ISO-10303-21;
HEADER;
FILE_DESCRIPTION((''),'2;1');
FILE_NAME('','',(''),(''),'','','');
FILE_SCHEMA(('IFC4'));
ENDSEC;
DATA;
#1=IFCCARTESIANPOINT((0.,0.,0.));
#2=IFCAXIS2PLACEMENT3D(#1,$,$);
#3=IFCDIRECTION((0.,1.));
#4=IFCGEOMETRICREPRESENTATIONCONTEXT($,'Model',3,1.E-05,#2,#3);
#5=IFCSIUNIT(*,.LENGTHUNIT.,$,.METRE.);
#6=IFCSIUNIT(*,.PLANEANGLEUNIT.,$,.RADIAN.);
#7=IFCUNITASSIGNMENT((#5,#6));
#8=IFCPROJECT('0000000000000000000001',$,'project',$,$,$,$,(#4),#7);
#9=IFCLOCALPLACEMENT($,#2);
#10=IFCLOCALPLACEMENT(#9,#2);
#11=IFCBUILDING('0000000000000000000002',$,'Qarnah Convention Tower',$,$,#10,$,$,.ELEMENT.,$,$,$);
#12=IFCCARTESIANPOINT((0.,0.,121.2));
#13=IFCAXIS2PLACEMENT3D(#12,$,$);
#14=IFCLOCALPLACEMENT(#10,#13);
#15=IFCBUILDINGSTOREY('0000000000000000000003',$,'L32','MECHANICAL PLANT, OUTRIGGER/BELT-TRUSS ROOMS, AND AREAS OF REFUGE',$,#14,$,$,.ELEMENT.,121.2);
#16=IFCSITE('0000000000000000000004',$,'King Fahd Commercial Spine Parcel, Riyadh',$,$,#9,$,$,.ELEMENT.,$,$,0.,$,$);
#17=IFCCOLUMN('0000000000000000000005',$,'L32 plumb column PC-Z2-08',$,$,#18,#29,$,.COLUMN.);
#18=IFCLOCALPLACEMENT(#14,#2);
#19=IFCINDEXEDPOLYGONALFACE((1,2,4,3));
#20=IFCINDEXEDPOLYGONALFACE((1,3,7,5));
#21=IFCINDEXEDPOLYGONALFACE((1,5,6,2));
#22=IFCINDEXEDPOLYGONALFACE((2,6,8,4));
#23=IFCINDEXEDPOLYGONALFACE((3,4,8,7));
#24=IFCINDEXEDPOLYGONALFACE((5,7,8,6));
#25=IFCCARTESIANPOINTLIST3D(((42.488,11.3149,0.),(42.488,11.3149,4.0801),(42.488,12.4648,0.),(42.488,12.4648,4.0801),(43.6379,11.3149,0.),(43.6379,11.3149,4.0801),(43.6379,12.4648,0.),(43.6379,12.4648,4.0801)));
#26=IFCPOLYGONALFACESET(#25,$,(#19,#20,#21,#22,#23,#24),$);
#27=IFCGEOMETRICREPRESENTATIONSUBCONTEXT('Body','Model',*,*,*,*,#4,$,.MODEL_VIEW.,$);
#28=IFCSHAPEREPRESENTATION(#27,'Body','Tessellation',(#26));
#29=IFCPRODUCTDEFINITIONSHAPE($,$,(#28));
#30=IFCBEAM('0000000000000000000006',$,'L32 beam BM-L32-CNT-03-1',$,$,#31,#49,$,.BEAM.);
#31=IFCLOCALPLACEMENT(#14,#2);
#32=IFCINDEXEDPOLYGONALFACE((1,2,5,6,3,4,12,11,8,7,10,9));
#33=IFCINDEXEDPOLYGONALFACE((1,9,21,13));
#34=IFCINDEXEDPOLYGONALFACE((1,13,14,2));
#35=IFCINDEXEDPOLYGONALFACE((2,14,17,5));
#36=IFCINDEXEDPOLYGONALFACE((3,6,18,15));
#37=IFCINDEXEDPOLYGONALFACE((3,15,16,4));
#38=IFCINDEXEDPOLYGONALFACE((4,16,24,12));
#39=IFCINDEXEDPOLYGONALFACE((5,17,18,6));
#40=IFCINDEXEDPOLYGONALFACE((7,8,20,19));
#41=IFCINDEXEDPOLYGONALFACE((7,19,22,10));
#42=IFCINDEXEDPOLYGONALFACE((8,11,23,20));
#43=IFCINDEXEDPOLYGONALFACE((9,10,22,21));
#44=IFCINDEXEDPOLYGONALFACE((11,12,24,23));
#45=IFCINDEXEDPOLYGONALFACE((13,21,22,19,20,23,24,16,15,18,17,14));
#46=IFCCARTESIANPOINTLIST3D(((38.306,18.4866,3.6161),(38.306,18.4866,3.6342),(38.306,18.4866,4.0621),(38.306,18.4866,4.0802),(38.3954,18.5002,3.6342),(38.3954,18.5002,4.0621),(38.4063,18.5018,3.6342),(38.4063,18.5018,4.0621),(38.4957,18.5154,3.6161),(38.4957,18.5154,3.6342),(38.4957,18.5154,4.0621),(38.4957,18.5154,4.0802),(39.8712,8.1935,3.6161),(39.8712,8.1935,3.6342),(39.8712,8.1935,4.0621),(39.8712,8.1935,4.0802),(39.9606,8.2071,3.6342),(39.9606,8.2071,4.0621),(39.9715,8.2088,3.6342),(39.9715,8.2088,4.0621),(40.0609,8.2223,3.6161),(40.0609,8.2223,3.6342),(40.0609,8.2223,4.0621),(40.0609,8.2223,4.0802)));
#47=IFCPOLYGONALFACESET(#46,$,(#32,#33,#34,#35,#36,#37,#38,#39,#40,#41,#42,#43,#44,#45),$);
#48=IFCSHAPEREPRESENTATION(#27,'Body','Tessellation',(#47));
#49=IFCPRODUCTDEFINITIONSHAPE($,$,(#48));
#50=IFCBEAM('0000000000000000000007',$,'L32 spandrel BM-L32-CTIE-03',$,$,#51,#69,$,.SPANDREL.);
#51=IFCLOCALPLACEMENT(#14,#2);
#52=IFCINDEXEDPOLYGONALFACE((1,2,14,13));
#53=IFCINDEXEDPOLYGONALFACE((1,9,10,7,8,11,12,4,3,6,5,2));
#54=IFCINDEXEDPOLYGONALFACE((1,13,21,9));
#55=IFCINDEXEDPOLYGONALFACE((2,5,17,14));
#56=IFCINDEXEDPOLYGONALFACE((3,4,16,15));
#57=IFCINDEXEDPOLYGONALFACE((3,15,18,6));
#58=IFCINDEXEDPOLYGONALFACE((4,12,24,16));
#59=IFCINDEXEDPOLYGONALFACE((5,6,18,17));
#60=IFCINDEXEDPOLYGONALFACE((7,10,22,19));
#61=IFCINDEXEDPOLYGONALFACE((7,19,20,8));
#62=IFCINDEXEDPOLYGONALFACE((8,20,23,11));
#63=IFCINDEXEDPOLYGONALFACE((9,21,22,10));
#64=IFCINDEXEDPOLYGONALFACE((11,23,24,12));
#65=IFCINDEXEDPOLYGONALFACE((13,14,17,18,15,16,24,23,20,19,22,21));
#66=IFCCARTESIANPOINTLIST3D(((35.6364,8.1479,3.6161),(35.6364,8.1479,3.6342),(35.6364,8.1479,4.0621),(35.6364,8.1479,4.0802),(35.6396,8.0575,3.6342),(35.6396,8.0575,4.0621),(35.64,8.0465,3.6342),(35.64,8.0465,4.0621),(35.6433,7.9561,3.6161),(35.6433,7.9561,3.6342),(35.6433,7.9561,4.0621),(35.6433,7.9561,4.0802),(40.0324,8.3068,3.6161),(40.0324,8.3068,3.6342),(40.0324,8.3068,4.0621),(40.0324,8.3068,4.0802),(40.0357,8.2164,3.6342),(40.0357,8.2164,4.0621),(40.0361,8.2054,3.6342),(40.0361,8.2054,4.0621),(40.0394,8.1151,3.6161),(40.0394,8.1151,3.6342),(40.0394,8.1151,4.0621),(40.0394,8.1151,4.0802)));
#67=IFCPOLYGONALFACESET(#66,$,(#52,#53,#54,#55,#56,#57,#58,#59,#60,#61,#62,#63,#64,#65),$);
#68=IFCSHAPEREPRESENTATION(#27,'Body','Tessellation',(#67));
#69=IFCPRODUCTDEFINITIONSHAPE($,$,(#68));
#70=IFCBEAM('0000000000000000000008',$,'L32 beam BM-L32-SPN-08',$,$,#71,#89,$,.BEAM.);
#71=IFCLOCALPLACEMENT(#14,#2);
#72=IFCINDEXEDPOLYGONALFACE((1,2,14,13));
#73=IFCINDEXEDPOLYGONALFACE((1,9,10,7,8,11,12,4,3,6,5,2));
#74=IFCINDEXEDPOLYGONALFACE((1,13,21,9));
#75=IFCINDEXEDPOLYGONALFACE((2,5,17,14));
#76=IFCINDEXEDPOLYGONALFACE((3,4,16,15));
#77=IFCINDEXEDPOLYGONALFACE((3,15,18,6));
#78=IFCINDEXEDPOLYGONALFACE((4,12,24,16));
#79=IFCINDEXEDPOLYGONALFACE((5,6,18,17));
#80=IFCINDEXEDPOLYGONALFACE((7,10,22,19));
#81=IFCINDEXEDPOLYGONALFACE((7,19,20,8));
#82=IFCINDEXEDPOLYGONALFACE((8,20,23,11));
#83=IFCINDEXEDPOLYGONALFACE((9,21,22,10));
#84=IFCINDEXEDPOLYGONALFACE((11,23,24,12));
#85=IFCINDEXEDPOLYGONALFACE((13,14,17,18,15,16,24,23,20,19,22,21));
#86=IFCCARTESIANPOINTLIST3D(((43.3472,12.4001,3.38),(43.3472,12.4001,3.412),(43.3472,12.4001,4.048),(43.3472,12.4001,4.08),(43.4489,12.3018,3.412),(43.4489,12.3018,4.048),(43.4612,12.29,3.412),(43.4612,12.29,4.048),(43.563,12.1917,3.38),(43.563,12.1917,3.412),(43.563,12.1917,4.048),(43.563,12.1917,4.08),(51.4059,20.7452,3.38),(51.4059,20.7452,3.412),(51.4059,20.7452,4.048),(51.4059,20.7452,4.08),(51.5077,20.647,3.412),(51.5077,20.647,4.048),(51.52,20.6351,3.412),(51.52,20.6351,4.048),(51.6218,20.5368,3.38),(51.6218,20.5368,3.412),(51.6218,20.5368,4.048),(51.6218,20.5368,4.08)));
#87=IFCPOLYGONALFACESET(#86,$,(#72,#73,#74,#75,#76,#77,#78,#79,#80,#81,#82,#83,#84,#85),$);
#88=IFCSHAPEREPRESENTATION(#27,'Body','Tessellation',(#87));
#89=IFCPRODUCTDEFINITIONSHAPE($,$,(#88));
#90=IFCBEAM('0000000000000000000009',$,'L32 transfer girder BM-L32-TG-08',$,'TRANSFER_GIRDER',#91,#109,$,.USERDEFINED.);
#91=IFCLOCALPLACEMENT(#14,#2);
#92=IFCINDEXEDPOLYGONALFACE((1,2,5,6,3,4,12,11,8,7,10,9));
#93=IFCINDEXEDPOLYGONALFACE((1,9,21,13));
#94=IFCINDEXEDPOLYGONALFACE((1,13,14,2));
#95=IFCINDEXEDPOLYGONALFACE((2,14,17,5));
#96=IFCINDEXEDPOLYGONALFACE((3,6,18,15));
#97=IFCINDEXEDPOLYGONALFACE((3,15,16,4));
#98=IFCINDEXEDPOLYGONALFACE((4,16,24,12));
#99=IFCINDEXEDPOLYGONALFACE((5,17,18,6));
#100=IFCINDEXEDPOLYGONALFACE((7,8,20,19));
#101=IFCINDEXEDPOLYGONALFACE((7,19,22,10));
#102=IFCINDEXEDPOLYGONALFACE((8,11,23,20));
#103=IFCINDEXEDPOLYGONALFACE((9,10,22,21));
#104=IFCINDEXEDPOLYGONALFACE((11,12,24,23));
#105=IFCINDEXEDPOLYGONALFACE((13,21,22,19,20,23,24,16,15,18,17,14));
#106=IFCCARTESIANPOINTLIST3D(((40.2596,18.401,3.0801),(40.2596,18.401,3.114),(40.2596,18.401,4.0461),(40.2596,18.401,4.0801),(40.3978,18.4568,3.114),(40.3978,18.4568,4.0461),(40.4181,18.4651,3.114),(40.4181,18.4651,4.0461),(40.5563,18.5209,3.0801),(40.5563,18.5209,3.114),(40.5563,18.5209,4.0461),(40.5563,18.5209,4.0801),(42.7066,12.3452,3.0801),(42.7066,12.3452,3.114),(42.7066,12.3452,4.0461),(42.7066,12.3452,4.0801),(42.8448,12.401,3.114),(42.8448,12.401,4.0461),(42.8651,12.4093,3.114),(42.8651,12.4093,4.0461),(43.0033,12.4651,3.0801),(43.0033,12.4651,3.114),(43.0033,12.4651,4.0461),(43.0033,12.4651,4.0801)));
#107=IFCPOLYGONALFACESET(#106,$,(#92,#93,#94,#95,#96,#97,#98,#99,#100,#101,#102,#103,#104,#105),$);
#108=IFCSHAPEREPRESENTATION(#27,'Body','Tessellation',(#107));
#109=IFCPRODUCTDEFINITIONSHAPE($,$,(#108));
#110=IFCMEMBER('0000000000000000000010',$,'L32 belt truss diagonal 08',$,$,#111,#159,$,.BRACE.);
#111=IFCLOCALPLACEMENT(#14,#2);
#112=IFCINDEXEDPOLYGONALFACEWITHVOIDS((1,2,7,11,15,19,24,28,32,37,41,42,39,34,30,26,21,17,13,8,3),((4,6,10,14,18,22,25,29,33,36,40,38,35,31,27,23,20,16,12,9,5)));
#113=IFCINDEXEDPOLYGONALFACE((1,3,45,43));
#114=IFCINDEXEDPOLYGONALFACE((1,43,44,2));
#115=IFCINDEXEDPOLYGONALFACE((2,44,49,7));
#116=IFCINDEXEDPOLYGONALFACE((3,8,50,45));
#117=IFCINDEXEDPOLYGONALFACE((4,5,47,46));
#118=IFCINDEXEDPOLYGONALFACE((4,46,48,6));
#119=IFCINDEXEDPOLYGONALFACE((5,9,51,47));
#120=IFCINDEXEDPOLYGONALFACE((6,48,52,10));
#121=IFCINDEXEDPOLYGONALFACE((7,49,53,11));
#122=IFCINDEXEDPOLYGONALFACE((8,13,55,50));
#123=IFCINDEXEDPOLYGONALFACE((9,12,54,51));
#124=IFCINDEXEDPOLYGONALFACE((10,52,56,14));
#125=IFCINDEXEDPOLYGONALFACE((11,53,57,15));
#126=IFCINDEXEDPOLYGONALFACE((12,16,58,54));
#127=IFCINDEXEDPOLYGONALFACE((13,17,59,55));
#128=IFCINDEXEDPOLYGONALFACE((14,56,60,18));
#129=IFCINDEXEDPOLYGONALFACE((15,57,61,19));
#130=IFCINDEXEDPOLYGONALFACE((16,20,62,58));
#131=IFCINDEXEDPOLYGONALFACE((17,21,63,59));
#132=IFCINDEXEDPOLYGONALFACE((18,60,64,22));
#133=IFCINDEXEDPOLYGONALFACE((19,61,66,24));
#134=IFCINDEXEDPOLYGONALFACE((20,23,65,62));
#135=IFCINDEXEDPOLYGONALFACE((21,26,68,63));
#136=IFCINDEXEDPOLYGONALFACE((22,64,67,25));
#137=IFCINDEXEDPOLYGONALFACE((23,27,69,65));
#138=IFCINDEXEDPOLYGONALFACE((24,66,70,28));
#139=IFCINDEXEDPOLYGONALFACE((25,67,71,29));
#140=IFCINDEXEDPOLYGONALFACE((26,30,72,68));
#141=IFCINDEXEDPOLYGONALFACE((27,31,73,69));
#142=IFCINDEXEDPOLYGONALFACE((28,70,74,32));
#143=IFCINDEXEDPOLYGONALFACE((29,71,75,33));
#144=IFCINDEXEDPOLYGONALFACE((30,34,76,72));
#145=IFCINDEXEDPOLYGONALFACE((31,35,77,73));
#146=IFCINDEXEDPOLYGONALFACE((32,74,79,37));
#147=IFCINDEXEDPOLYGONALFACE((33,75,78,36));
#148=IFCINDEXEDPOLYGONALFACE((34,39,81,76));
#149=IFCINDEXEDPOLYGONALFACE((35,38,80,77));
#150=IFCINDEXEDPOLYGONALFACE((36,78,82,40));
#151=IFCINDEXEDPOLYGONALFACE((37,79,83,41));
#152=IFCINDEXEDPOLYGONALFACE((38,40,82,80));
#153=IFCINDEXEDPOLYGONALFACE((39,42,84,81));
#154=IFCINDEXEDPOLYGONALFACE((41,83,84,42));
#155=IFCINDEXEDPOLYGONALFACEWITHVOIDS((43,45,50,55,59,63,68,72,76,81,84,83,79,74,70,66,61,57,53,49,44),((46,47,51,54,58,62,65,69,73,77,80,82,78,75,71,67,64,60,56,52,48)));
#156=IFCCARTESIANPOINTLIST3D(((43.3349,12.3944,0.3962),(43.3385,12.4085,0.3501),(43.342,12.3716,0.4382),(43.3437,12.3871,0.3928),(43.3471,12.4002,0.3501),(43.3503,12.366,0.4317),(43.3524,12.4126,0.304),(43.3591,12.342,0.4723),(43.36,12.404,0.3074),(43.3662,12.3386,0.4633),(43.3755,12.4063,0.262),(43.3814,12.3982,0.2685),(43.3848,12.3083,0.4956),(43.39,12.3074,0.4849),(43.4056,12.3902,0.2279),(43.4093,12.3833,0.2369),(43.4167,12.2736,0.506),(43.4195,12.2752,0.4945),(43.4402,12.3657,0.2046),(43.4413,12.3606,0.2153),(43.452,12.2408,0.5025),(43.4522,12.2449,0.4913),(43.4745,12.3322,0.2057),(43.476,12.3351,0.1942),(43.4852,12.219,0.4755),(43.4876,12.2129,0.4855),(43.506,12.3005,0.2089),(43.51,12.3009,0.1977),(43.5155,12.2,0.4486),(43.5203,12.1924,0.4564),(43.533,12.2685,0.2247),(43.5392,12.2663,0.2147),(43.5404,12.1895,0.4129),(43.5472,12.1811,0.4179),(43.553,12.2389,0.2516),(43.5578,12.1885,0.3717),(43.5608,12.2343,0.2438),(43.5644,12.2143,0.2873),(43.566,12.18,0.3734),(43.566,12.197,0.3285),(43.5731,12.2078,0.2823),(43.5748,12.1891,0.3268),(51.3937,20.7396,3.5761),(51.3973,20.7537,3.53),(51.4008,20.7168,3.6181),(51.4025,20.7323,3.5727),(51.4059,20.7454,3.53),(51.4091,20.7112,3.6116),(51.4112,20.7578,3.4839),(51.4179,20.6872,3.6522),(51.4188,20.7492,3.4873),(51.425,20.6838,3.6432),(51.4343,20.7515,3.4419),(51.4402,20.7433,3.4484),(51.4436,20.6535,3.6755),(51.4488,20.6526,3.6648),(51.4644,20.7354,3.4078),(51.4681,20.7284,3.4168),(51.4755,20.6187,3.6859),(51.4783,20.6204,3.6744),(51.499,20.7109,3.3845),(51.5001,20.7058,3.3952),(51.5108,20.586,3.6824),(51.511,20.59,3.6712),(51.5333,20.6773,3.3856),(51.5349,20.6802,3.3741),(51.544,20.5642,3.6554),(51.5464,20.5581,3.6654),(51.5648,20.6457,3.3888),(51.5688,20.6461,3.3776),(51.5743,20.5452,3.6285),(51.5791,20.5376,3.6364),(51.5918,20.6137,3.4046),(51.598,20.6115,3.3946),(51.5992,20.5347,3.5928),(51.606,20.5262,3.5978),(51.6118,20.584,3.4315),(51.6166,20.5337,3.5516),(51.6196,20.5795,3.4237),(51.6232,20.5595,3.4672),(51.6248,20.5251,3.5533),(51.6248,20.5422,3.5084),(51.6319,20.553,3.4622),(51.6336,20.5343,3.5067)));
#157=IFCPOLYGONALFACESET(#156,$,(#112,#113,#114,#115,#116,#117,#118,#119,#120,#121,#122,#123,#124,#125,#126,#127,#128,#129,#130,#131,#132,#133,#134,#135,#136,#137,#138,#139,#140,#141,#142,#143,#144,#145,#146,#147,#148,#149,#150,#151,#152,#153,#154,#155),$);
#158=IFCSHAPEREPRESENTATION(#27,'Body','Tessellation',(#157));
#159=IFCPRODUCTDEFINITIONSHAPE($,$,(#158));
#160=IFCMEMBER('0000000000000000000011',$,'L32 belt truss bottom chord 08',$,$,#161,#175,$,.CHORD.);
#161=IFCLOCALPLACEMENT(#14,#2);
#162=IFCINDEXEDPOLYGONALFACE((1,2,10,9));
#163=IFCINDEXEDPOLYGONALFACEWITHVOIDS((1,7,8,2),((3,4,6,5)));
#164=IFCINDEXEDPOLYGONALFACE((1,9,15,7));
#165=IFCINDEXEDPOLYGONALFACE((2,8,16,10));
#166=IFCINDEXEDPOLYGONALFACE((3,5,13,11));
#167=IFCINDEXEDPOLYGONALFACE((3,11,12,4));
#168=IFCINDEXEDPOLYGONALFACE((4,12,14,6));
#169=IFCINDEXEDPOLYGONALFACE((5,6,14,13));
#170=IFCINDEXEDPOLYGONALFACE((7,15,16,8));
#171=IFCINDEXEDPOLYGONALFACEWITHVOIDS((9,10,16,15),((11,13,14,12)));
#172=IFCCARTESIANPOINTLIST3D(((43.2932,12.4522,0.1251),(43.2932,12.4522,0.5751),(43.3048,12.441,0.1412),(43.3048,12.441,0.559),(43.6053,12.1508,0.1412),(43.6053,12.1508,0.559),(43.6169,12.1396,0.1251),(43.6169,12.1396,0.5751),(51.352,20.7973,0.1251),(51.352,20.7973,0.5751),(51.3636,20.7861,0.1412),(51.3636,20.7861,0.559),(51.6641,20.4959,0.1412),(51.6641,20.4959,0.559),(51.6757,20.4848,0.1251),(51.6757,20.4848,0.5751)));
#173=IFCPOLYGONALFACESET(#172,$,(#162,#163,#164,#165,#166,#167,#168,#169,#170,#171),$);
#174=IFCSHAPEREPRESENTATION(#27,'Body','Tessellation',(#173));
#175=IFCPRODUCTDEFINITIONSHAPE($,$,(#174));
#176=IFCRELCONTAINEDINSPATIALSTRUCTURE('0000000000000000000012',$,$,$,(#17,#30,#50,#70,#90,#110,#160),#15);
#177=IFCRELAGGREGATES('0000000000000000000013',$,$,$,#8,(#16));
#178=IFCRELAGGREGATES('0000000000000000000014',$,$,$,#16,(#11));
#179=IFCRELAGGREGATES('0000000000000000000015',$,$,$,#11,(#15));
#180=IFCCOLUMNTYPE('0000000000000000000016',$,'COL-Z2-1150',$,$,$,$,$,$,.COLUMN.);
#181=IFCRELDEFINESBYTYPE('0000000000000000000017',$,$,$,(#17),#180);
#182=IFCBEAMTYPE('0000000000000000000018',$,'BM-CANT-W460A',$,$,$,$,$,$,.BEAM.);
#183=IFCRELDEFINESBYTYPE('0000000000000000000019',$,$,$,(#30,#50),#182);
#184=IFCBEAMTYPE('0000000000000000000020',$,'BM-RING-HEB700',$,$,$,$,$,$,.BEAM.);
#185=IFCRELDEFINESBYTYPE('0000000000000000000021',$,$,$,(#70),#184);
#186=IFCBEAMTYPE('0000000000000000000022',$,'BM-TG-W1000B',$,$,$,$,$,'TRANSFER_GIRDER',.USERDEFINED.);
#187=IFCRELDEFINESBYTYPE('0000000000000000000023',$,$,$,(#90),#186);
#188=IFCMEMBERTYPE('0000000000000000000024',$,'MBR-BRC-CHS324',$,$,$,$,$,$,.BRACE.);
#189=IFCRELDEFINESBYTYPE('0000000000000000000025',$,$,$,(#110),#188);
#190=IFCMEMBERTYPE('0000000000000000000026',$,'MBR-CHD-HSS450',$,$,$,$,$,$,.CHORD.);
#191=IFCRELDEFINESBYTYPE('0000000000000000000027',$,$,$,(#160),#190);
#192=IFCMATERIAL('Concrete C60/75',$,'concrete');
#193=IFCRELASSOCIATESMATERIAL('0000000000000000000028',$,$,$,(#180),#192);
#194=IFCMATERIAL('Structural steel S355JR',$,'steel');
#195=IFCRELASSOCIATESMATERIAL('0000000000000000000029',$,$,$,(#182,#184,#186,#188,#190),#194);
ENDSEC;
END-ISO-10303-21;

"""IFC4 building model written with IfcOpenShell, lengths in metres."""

from ifc_helpers import new_model, si_unit, direction, frame, origin, origin_2d, place, context, subcontext, project, spatial, rectangle, hollow_rectangle, hollow_circle, i_section, extrude, material, material_profile, profile_set, type_object, element, save


model = new_model("IFC4")

# Units and contexts
model_context = context("Model", 3, precision=1e-05, world=origin(), true_north=direction((0.0, 1.0)))
body_context = subcontext(model_context, "Body", "Model", "MODEL_VIEW")
ifc_project = project(units=[si_unit("LENGTHUNIT", "METRE"), si_unit("PLANEANGLEUNIT", "RADIAN")], contexts=[model_context])

# Site, building, storey
site_placement = place(None, origin())
site = spatial("IfcSite", under=ifc_project, at=site_placement, Name="King Fahd Commercial Spine Parcel, Riyadh", CompositionType="ELEMENT", RefElevation=0.0)
building_placement = place(site_placement, origin())
building = spatial("IfcBuilding", under=site, at=building_placement, Name="Qarnah Convention Tower", CompositionType="ELEMENT")
storey_placement = place(building_placement, frame((0.0, 0.0, 121.2)))
storey = spatial("IfcBuildingStorey", under=building, at=storey_placement, Name="L32", Description="MECHANICAL PLANT, OUTRIGGER/BELT-TRUSS ROOMS, AND AREAS OF REFUGE", CompositionType="ELEMENT", Elevation=121.2)

# Column
ifc_material_1 = material(Name="Concrete C60/75", Category="concrete")
ifc_material_profile_1 = material_profile(ifc_material_1, rectangle(XDim=1.1499, YDim=1.1499, at=origin_2d()), Name="RC-COL-1150X1150")
ifc_profile_set_1 = profile_set([ifc_material_profile_1], Name="Concrete C60/75")
column_type = type_object("IfcColumnType", Name="COL-Z2-1150", PredefinedType="COLUMN", material=ifc_profile_set_1)
column_placement = place(storey_placement, frame((43.063, 11.8899, 0.0), z_axis=(0.0, 0.0, 1.0), x_axis=(1.0, 0.0, 0.0)))
element("IfcColumn", 1, at=column_placement, inside=storey, type_object=column_type, Name="L32 plumb column PC-Z2-08", PredefinedType="COLUMN", context=body_context, shape_type="SweptSolid", body=[
    extrude(rectangle(XDim=1.1499, YDim=1.1499, at=origin_2d()), origin(), (0.0, 0.0, 1.0), 4.0801),
])

# Beams
ifc_material_2 = material(Name="Structural steel S355JR", Category="steel")
ifc_material_profile_2 = material_profile(ifc_material_2, i_section(OverallWidth=0.1919, OverallDepth=0.4641, WebThickness=0.011, FlangeThickness=0.0181, at=origin_2d()), Name="W460X89")
ifc_profile_set_2 = profile_set([ifc_material_profile_2], Name="Structural steel S355JR")
beam_type_1 = type_object("IfcBeamType", Name="BM-CANT-W460A", PredefinedType="BEAM", material=ifc_profile_set_2)
beam_1_placement = place(storey_placement, frame((38.4009, 18.501, 3.8481), z_axis=(0.150335, -0.988635, 0.0), x_axis=(0.988635, 0.150335, 0.0)))
element("IfcBeam", 2, at=beam_1_placement, inside=storey, type_object=beam_type_1, Name="L32 beam BM-L32-CNT-03-1", PredefinedType="BEAM", context=body_context, shape_type="SweptSolid", body=[
    extrude(i_section(OverallWidth=0.1919, OverallDepth=0.4641, WebThickness=0.011, FlangeThickness=0.0181, at=origin_2d()), origin(), (0.0, 0.0, 1.0), 10.4114),
])
beam_2_placement = place(storey_placement, frame((40.0359, 8.2109, 3.8481), z_axis=(-0.999347, -0.036131, 0.0), x_axis=(0.036131, -0.999347, 0.0)))
element("IfcBeam", 3, at=beam_2_placement, inside=storey, type_object=beam_type_1, Name="L32 spandrel BM-L32-CTIE-03", PredefinedType="SPANDREL", context=body_context, shape_type="SweptSolid", body=[
    extrude(i_section(OverallWidth=0.1919, OverallDepth=0.4641, WebThickness=0.011, FlangeThickness=0.0181, at=origin_2d()), origin(), (0.0, 0.0, 1.0), 4.3989),
])
ifc_material_profile_3 = material_profile(ifc_material_2, i_section(OverallWidth=0.3, OverallDepth=0.7, WebThickness=0.0171, FlangeThickness=0.032, at=origin_2d()), Name="HEB700")
ifc_profile_set_3 = profile_set([ifc_material_profile_3], Name="Structural steel S355JR")
beam_type_2 = type_object("IfcBeamType", Name="BM-RING-HEB700", PredefinedType="BEAM", material=ifc_profile_set_3)
beam_3_placement = place(storey_placement, frame((43.4551, 12.2959, 3.73), z_axis=(0.694656, 0.719342, 0.0), x_axis=(-0.719342, 0.694656, 0.0)))
element("IfcBeam", 4, at=beam_3_placement, inside=storey, type_object=beam_type_2, Name="L32 beam BM-L32-SPN-08", PredefinedType="BEAM", context=body_context, shape_type="SweptSolid", body=[
    extrude(i_section(OverallWidth=0.3, OverallDepth=0.7, WebThickness=0.0171, FlangeThickness=0.032, at=origin_2d()), origin(), (0.0, 0.0, 1.0), 11.6011),
])
ifc_material_profile_4 = material_profile(ifc_material_2, i_section(OverallWidth=0.3201, OverallDepth=1.0, WebThickness=0.022, FlangeThickness=0.0339, at=origin_2d()), Name="W1000X371")
ifc_profile_set_4 = profile_set([ifc_material_profile_4], Name="Structural steel S355JR")
beam_type_3 = type_object("IfcBeamType", Name="BM-TG-W1000B", ElementType="TRANSFER_GIRDER", PredefinedType="USERDEFINED", material=ifc_profile_set_4)
beam_4_placement = place(storey_placement, frame((40.408, 18.4609, 3.5801), z_axis=(0.374643, -0.927169, 0.0), x_axis=(0.927169, 0.374643, 0.0)))
element("IfcBeam", 5, at=beam_4_placement, inside=storey, type_object=beam_type_3, Name="L32 transfer girder BM-L32-TG-08", ObjectType="TRANSFER_GIRDER", PredefinedType="USERDEFINED", context=body_context, shape_type="SweptSolid", body=[
    extrude(i_section(OverallWidth=0.3201, OverallDepth=1.0, WebThickness=0.022, FlangeThickness=0.0339, at=origin_2d()), origin(), (0.0, 0.0, 1.0), 6.5315),
])

# Members
ifc_material_profile_5 = material_profile(ifc_material_2, hollow_circle(Radius=0.1621, WallThickness=0.012, at=origin_2d()), Name="CHS324X12")
ifc_profile_set_5 = profile_set([ifc_material_profile_5], Name="Structural steel S355JR")
member_type_1 = type_object("IfcMemberType", Name="MBR-BRC-CHS324", PredefinedType="BRACE", material=ifc_profile_set_5)
member_1_placement = place(storey_placement, frame((43.4551, 12.2959, 0.3501), z_axis=(0.669945, 0.693752, 0.264353), x_axis=(-0.719342, 0.694656, 0.0)))
element("IfcMember", 6, at=member_1_placement, inside=storey, type_object=member_type_1, Name="L32 belt truss diagonal 08", PredefinedType="BRACE", context=body_context, shape_type="SweptSolid", body=[
    extrude(hollow_circle(Radius=0.1621, WallThickness=0.012, at=origin_2d()), origin(), (0.0, 0.0, 1.0), 12.0291),
])
ifc_material_profile_6 = material_profile(ifc_material_2, hollow_rectangle(XDim=0.45, YDim=0.45, WallThickness=0.0161, at=origin_2d()), Name="HSS450X450X16")
ifc_profile_set_6 = profile_set([ifc_material_profile_6], Name="Structural steel S355JR")
member_type_2 = type_object("IfcMemberType", Name="MBR-CHD-HSS450", PredefinedType="CHORD", material=ifc_profile_set_6)
member_2_placement = place(storey_placement, frame((43.4551, 12.2959, 0.3501), z_axis=(0.694656, 0.719342, 0.0), x_axis=(-0.719342, 0.694656, 0.0)))
element("IfcMember", 7, at=member_2_placement, inside=storey, type_object=member_type_2, Name="L32 belt truss bottom chord 08", PredefinedType="CHORD", context=body_context, shape_type="SweptSolid", body=[
    extrude(hollow_rectangle(XDim=0.45, YDim=0.45, WallThickness=0.0161, at=origin_2d()), origin(), (0.0, 0.0, 1.0), 11.6011),
])

save(model, "model.ifc")
